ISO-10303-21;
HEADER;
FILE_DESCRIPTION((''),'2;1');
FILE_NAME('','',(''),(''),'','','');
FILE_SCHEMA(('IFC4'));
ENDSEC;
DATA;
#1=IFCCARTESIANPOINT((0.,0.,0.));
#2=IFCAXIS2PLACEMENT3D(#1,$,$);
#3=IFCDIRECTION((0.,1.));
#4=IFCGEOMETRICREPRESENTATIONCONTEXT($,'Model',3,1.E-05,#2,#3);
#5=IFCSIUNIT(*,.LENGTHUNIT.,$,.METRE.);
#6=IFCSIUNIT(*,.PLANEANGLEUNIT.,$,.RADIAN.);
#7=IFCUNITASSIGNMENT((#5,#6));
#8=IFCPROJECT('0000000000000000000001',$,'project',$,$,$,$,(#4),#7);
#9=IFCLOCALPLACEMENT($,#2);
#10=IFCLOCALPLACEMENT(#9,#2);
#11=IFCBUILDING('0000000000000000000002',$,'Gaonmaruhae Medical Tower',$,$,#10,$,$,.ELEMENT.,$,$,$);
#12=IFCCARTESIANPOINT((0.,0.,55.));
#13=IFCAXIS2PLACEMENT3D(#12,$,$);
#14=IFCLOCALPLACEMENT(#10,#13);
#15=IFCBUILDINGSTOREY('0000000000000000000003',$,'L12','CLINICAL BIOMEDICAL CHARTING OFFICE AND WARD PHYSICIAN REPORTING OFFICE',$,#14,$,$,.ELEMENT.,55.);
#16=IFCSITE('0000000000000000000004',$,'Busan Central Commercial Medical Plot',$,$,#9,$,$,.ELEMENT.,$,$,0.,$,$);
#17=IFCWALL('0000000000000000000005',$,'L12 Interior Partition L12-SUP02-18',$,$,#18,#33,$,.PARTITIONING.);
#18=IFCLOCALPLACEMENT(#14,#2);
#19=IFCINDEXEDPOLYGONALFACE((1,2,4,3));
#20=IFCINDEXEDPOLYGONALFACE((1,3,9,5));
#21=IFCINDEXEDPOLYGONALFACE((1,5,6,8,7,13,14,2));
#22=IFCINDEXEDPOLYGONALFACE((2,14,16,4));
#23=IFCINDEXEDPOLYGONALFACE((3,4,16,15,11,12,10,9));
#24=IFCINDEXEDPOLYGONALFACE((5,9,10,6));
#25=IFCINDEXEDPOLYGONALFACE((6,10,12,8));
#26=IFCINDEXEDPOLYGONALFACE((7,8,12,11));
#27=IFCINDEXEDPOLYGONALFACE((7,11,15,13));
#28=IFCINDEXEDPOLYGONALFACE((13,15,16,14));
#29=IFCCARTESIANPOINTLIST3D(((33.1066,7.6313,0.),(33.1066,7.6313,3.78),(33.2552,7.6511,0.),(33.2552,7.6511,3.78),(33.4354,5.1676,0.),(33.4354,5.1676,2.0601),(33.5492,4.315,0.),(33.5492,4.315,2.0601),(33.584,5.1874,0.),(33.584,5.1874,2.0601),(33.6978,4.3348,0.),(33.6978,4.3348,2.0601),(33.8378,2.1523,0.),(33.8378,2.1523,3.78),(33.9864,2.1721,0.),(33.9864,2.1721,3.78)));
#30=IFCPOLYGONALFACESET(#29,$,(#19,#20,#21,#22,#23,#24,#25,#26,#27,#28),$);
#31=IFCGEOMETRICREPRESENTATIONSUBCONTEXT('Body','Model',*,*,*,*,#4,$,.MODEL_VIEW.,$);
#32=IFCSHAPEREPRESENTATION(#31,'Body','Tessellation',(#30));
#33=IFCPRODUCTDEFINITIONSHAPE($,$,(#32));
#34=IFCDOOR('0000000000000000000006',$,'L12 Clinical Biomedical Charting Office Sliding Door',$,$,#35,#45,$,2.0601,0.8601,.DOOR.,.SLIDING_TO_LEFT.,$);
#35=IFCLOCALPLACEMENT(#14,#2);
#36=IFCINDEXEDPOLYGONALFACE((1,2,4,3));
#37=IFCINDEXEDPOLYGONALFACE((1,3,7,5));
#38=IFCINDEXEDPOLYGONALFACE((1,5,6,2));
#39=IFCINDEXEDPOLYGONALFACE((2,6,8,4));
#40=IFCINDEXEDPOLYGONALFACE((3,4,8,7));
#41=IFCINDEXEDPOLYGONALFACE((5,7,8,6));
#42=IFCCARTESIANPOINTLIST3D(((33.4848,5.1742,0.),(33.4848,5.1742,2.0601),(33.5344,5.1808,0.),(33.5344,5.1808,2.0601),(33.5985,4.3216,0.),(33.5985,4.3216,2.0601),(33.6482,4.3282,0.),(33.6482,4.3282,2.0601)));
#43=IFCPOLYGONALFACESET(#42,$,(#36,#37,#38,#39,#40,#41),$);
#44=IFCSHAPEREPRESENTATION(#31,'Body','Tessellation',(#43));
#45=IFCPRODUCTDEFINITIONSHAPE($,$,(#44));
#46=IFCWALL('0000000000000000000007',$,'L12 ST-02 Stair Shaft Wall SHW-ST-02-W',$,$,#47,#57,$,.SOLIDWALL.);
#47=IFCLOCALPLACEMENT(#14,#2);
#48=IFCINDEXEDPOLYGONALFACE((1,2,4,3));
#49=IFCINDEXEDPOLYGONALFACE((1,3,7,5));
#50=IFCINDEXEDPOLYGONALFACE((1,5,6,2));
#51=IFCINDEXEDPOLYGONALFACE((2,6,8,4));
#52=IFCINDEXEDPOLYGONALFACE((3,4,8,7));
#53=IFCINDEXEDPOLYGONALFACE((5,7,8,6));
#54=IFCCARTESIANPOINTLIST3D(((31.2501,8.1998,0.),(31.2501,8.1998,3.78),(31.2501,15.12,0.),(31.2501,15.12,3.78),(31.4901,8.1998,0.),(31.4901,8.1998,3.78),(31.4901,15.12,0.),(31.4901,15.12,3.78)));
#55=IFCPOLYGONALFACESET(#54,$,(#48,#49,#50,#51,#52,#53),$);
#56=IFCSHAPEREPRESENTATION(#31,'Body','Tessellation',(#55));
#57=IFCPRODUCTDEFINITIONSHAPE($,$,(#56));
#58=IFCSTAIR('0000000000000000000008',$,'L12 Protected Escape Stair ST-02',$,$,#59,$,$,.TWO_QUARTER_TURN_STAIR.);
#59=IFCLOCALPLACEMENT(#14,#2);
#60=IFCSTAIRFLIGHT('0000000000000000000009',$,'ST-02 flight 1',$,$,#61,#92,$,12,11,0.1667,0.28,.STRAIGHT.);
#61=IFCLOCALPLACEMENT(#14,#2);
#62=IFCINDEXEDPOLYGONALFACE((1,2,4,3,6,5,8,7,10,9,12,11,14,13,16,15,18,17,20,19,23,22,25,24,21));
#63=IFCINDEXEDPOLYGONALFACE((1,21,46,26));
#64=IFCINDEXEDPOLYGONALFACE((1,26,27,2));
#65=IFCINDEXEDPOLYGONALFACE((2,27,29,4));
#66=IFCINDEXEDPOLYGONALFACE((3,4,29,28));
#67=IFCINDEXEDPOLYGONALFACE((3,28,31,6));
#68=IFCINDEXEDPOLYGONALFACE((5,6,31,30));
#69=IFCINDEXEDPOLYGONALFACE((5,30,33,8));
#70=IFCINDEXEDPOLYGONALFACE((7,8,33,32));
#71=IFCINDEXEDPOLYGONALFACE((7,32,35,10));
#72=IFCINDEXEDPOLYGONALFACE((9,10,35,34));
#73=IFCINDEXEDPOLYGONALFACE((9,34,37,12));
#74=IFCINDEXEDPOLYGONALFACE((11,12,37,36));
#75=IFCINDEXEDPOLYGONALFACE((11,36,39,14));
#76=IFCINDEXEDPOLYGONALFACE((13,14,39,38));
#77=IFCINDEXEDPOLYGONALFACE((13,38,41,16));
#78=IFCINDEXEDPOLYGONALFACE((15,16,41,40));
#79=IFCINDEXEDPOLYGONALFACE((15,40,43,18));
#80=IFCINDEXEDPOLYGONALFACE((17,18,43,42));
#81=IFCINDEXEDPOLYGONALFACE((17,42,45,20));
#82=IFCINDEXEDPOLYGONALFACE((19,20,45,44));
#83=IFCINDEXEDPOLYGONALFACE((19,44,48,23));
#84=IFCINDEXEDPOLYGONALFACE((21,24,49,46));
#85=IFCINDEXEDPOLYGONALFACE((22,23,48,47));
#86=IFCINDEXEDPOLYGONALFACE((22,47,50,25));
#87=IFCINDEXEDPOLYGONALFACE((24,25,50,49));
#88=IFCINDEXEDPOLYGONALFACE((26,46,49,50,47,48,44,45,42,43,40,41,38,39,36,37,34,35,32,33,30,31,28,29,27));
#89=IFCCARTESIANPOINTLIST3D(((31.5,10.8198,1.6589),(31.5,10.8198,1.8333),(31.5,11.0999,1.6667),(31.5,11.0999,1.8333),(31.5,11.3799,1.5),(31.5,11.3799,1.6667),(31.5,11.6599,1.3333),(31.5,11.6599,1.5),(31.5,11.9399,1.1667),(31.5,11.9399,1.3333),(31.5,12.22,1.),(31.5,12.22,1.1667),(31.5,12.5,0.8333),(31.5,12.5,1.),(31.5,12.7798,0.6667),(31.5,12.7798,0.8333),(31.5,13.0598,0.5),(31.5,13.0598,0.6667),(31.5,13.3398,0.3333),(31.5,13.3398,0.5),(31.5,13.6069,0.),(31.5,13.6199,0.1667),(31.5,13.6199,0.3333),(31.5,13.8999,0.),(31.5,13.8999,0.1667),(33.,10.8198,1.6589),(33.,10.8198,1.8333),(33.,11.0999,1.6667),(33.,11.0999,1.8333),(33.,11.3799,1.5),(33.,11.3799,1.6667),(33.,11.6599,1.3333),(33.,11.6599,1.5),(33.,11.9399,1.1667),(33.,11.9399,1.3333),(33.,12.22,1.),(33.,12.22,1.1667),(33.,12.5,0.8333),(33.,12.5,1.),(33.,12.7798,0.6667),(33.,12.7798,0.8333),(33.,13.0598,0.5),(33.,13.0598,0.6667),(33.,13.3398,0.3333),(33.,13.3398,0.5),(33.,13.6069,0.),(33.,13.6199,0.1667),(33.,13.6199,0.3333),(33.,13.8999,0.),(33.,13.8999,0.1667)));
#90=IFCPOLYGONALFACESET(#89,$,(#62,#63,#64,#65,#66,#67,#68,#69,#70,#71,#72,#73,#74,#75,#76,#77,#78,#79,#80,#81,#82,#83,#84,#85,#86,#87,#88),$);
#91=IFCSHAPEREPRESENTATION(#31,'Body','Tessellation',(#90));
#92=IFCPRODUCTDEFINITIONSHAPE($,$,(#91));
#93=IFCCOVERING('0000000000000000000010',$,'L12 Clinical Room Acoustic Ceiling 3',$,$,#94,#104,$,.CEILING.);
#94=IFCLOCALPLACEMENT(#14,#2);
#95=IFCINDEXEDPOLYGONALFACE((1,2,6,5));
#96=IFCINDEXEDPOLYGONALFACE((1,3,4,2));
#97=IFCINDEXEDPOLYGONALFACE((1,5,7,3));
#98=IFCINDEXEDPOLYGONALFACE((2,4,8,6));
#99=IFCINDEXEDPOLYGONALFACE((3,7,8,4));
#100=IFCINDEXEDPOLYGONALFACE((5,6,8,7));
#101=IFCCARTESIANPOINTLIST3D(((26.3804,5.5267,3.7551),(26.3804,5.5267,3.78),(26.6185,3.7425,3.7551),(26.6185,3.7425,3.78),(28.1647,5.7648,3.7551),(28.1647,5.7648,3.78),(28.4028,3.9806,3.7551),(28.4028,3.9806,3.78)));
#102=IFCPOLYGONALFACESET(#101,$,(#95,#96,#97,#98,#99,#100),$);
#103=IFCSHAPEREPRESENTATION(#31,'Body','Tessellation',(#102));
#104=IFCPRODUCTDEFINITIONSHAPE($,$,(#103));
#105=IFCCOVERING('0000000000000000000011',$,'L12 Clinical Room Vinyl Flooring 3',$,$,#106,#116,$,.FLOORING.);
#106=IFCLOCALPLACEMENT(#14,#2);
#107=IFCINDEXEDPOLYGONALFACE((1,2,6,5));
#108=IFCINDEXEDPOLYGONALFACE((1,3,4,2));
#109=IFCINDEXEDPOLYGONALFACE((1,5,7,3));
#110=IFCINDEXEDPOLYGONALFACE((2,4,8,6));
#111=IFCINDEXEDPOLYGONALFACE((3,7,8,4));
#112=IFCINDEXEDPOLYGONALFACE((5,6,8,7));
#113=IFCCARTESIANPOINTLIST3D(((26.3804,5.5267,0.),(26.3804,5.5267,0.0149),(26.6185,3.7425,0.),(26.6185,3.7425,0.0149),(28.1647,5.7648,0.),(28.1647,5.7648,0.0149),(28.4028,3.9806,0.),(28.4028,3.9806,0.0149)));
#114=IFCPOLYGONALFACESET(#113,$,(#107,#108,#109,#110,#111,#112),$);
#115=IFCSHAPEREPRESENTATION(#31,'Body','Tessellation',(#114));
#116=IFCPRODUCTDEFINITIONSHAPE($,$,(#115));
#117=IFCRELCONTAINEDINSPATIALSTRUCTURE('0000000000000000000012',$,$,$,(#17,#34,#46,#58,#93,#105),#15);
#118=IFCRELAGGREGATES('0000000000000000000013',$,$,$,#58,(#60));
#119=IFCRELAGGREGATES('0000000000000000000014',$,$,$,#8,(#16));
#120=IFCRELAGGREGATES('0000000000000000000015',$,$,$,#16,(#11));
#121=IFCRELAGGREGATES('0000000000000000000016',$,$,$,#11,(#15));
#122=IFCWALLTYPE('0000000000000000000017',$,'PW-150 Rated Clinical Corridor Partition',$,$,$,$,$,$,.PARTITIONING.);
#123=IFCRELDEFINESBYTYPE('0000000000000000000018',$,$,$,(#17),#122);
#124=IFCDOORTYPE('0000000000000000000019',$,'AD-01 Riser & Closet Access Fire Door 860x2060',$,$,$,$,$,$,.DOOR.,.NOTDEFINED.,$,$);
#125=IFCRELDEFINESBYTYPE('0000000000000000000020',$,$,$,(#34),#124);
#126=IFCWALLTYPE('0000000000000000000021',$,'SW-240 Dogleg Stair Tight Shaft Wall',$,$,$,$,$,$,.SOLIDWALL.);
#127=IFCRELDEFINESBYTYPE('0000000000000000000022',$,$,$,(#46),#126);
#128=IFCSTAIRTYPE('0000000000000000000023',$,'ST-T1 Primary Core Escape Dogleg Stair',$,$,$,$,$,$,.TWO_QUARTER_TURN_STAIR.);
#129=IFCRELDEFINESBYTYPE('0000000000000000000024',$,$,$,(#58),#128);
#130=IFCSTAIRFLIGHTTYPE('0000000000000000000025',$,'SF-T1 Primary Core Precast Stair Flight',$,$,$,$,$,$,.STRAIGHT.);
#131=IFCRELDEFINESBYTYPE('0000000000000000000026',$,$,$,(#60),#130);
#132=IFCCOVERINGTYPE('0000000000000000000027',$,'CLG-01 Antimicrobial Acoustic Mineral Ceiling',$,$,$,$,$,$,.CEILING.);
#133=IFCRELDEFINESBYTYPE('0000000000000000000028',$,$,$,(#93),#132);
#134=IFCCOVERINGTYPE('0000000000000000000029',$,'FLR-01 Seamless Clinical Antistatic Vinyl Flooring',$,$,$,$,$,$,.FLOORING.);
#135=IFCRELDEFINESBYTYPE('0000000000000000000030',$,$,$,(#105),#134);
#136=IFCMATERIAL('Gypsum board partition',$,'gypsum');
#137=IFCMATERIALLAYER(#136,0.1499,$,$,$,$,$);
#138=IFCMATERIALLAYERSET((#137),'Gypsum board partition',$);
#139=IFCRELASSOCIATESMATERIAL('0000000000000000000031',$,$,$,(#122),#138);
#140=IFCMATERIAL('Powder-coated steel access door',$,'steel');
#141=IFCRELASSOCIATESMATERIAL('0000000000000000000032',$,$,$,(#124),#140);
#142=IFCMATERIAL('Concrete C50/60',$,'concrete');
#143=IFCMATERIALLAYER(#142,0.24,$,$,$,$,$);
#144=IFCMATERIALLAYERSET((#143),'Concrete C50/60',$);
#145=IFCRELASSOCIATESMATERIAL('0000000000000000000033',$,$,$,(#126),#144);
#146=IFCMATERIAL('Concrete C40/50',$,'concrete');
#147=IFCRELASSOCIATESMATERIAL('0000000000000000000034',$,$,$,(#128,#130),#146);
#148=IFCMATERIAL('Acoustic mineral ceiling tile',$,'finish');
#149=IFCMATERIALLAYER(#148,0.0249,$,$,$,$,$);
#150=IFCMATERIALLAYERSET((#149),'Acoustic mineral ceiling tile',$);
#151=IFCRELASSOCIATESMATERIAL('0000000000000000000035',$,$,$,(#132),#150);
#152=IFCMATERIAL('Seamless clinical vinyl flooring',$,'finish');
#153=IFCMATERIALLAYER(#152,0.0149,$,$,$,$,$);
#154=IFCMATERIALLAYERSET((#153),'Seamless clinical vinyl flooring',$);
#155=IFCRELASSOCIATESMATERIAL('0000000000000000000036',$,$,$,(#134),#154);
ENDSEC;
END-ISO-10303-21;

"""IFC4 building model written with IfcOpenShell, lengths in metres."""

from ifc_helpers import new_model, si_unit, direction, frame, frame_2d, origin, origin_2d, place, context, subcontext, project, spatial, polyline, rectangle, outline, extrude, material, layer, layer_set, type_object, element, fill, aggregate, save


model = new_model("IFC4")

# Units and contexts
model_context = context("Model", 3, precision=1e-05, world=origin(), true_north=direction((0.0, 1.0)))
body_context = subcontext(model_context, "Body", "Model", "MODEL_VIEW")
ifc_project = project(units=[si_unit("LENGTHUNIT", "METRE"), si_unit("PLANEANGLEUNIT", "RADIAN")], contexts=[model_context])

# Site, building, storey
site_placement = place(None, origin())
site = spatial("IfcSite", under=ifc_project, at=site_placement, Name="Busan Central Commercial Medical Plot", CompositionType="ELEMENT", RefElevation=0.0)
building_placement = place(site_placement, origin())
building = spatial("IfcBuilding", under=site, at=building_placement, Name="Gaonmaruhae Medical Tower", CompositionType="ELEMENT")
storey_placement = place(building_placement, frame((0.0, 0.0, 55.0)))
storey = spatial("IfcBuildingStorey", under=building, at=storey_placement, Name="L12", Description="CLINICAL BIOMEDICAL CHARTING OFFICE AND WARD PHYSICIAN REPORTING OFFICE", CompositionType="ELEMENT", Elevation=55.0)

# Shared definitions
ifc_material_1 = material(Name="Gypsum board partition", Category="gypsum")
ifc_layer_1 = layer(ifc_material_1, 0.1499)
ifc_layer_set_1 = layer_set([ifc_layer_1], Name="Gypsum board partition")
wall_type_1 = type_object("IfcWallType", Name="PW-150 Rated Clinical Corridor Partition", PredefinedType="PARTITIONING", material=ifc_layer_set_1)

# Wall, opening, door
wall_1_placement = place(storey_placement, frame((33.1809, 7.6411, 0.0), z_axis=(0.0, 0.0, 1.0), x_axis=(0.132282, -0.991212, 0.0)))
wall_1 = element("IfcWall", 1, at=wall_1_placement, inside=storey, type_object=wall_type_1, Name="L12 Interior Partition L12-SUP02-18", PredefinedType="PARTITIONING", context=body_context, shape_type="SweptSolid", body=[
    extrude(rectangle(XDim=5.5276, YDim=0.1499, at=frame_2d((2.7637, 0.0))), origin(), (0.0, 0.0, 1.0), 3.78),
])
opening_1_placement = place(wall_1_placement, frame((2.4854, 0.0, 0.0)))
opening_1 = element("IfcOpeningElement", 2, at=opening_1_placement, cuts=wall_1, PredefinedType="OPENING", context=body_context, shape_type="SweptSolid", body=[
    extrude(rectangle(XDim=0.8601, YDim=2.0601, at=frame_2d((0.4302, 1.03))), frame((0.0, 0.085, 0.0), z_axis=(0.0, -1.0, 0.0), x_axis=(1.0, 0.0, 0.0)), (0.0, 0.0, 1.0), 0.1699),
])
ifc_material_2 = material(Name="Powder-coated steel access door", Category="steel")
door_type_1 = type_object("IfcDoorType", Name="AD-01 Riser & Closet Access Fire Door 860x2060", OperationType="NOTDEFINED", PredefinedType="DOOR", material=ifc_material_2)
door_1_placement = place(opening_1_placement, origin())
door_1 = element("IfcDoor", 3, at=door_1_placement, inside=storey, type_object=door_type_1, Name="L12 Clinical Biomedical Charting Office Sliding Door", OperationType="SLIDING_TO_LEFT", OverallHeight=2.0601, OverallWidth=0.8601, PredefinedType="DOOR", context=body_context, shape_type="SweptSolid", body=[
    extrude(rectangle(XDim=0.8601, YDim=2.0601, at=frame_2d((0.4302, 1.03))), frame((0.0, 0.0249, 0.0), z_axis=(0.0, -1.0, 0.0), x_axis=(1.0, 0.0, 0.0)), (0.0, 0.0, 1.0), 0.05),
])
fill(opening_1, door_1)

# Wall
ifc_material_3 = material(Name="Concrete C50/60", Category="concrete")
ifc_layer_2 = layer(ifc_material_3, 0.24)
ifc_layer_set_2 = layer_set([ifc_layer_2], Name="Concrete C50/60")
wall_type_2 = type_object("IfcWallType", Name="SW-240 Dogleg Stair Tight Shaft Wall", PredefinedType="SOLIDWALL", material=ifc_layer_set_2)
wall_2_placement = place(storey_placement, frame((31.3701, 8.2, 0.0), z_axis=(0.0, 0.0, 1.0), x_axis=(0.0, 1.0, 0.0)))
element("IfcWall", 4, at=wall_2_placement, inside=storey, type_object=wall_type_2, Name="L12 ST-02 Stair Shaft Wall SHW-ST-02-W", PredefinedType="SOLIDWALL", context=body_context, shape_type="SweptSolid", body=[
    extrude(rectangle(XDim=6.9202, YDim=0.24, at=frame_2d((3.46, 0.0))), origin(), (0.0, 0.0, 1.0), 3.78),
])

# Stair, stair flight
ifc_material_4 = material(Name="Concrete C40/50", Category="concrete")
stair_type = type_object("IfcStairType", Name="ST-T1 Primary Core Escape Dogleg Stair", PredefinedType="TWO_QUARTER_TURN_STAIR", material=ifc_material_4)
stair_placement = place(storey_placement, origin())
stair = element("IfcStair", 5, at=stair_placement, inside=storey, type_object=stair_type, Name="L12 Protected Escape Stair ST-02", PredefinedType="TWO_QUARTER_TURN_STAIR")
stair_flight_type = type_object("IfcStairFlightType", Name="SF-T1 Primary Core Precast Stair Flight", PredefinedType="STRAIGHT", material=ifc_material_4)
stair_flight_placement = place(storey_placement, frame((32.25, 13.8999, 0.0), z_axis=(0.0, 0.0, 1.0), x_axis=(0.0, -1.0, 0.0)))
stair_flight = element("IfcStairFlight", 6, at=stair_flight_placement, type_object=stair_flight_type, Name="ST-02 flight 1", NumberOfRisers=12, NumberOfTreads=11, PredefinedType="STRAIGHT", RiserHeight=0.1667, TreadLength=0.28, context=body_context, shape_type="SweptSolid", body=[
    extrude(outline(polyline([(0.0, 0.0), (0.0, 0.1667), (0.28, 0.1667), (0.28, 0.3333), (0.5601, 0.3333), (0.5601, 0.5), (0.8401, 0.5), (0.8401, 0.6667), (1.1201, 0.6667), (1.1201, 0.8333), (1.3999, 0.8333), (1.3999, 1.0), (1.6799, 1.0), (1.6799, 1.1667), (1.96, 1.1667), (1.96, 1.3333), (2.24, 1.3333), (2.24, 1.5), (2.52, 1.5), (2.52, 1.6667), (2.8, 1.6667), (2.8, 1.8333), (3.0801, 1.8333), (3.0801, 2.0), (3.0801, 1.6589), (0.293, 0.0), (0.0, 0.0)])), frame((0.0, 0.75, 0.0), z_axis=(0.0, -1.0, 0.0), x_axis=(1.0, 0.0, 0.0)), (0.0, 0.0, 1.0), 1.5),
])
aggregate(stair, [stair_flight])

# Coverings
ifc_material_5 = material(Name="Acoustic mineral ceiling tile", Category="finish")
ifc_layer_3 = layer(ifc_material_5, 0.0249)
ifc_layer_set_3 = layer_set([ifc_layer_3], Name="Acoustic mineral ceiling tile")
covering_type_1 = type_object("IfcCoveringType", Name="CLG-01 Antimicrobial Acoustic Mineral Ceiling", PredefinedType="CEILING", material=ifc_layer_set_3)
covering_1_placement = place(storey_placement, frame((27.3916, 4.7537, 3.7551), z_axis=(0.0, 0.0, 1.0), x_axis=(0.991216, 0.132256, 0.0)))
element("IfcCovering", 7, at=covering_1_placement, inside=storey, type_object=covering_type_1, Name="L12 Clinical Room Acoustic Ceiling 3", PredefinedType="CEILING", context=body_context, shape_type="SweptSolid", body=[
    extrude(rectangle(XDim=1.8, YDim=1.8, at=origin_2d()), origin(), (0.0, 0.0, 1.0), 0.0249),
])
ifc_material_6 = material(Name="Seamless clinical vinyl flooring", Category="finish")
ifc_layer_4 = layer(ifc_material_6, 0.0149)
ifc_layer_set_4 = layer_set([ifc_layer_4], Name="Seamless clinical vinyl flooring")
covering_type_2 = type_object("IfcCoveringType", Name="FLR-01 Seamless Clinical Antistatic Vinyl Flooring", PredefinedType="FLOORING", material=ifc_layer_set_4)
covering_2_placement = place(storey_placement, frame((27.3916, 4.7537, 0.0), z_axis=(0.0, 0.0, 1.0), x_axis=(0.991216, 0.132256, 0.0)))
element("IfcCovering", 8, at=covering_2_placement, inside=storey, type_object=covering_type_2, Name="L12 Clinical Room Vinyl Flooring 3", PredefinedType="FLOORING", context=body_context, shape_type="SweptSolid", body=[
    extrude(rectangle(XDim=1.8, YDim=1.8, at=origin_2d()), origin(), (0.0, 0.0, 1.0), 0.0149),
])

save(model, "model.ifc")
